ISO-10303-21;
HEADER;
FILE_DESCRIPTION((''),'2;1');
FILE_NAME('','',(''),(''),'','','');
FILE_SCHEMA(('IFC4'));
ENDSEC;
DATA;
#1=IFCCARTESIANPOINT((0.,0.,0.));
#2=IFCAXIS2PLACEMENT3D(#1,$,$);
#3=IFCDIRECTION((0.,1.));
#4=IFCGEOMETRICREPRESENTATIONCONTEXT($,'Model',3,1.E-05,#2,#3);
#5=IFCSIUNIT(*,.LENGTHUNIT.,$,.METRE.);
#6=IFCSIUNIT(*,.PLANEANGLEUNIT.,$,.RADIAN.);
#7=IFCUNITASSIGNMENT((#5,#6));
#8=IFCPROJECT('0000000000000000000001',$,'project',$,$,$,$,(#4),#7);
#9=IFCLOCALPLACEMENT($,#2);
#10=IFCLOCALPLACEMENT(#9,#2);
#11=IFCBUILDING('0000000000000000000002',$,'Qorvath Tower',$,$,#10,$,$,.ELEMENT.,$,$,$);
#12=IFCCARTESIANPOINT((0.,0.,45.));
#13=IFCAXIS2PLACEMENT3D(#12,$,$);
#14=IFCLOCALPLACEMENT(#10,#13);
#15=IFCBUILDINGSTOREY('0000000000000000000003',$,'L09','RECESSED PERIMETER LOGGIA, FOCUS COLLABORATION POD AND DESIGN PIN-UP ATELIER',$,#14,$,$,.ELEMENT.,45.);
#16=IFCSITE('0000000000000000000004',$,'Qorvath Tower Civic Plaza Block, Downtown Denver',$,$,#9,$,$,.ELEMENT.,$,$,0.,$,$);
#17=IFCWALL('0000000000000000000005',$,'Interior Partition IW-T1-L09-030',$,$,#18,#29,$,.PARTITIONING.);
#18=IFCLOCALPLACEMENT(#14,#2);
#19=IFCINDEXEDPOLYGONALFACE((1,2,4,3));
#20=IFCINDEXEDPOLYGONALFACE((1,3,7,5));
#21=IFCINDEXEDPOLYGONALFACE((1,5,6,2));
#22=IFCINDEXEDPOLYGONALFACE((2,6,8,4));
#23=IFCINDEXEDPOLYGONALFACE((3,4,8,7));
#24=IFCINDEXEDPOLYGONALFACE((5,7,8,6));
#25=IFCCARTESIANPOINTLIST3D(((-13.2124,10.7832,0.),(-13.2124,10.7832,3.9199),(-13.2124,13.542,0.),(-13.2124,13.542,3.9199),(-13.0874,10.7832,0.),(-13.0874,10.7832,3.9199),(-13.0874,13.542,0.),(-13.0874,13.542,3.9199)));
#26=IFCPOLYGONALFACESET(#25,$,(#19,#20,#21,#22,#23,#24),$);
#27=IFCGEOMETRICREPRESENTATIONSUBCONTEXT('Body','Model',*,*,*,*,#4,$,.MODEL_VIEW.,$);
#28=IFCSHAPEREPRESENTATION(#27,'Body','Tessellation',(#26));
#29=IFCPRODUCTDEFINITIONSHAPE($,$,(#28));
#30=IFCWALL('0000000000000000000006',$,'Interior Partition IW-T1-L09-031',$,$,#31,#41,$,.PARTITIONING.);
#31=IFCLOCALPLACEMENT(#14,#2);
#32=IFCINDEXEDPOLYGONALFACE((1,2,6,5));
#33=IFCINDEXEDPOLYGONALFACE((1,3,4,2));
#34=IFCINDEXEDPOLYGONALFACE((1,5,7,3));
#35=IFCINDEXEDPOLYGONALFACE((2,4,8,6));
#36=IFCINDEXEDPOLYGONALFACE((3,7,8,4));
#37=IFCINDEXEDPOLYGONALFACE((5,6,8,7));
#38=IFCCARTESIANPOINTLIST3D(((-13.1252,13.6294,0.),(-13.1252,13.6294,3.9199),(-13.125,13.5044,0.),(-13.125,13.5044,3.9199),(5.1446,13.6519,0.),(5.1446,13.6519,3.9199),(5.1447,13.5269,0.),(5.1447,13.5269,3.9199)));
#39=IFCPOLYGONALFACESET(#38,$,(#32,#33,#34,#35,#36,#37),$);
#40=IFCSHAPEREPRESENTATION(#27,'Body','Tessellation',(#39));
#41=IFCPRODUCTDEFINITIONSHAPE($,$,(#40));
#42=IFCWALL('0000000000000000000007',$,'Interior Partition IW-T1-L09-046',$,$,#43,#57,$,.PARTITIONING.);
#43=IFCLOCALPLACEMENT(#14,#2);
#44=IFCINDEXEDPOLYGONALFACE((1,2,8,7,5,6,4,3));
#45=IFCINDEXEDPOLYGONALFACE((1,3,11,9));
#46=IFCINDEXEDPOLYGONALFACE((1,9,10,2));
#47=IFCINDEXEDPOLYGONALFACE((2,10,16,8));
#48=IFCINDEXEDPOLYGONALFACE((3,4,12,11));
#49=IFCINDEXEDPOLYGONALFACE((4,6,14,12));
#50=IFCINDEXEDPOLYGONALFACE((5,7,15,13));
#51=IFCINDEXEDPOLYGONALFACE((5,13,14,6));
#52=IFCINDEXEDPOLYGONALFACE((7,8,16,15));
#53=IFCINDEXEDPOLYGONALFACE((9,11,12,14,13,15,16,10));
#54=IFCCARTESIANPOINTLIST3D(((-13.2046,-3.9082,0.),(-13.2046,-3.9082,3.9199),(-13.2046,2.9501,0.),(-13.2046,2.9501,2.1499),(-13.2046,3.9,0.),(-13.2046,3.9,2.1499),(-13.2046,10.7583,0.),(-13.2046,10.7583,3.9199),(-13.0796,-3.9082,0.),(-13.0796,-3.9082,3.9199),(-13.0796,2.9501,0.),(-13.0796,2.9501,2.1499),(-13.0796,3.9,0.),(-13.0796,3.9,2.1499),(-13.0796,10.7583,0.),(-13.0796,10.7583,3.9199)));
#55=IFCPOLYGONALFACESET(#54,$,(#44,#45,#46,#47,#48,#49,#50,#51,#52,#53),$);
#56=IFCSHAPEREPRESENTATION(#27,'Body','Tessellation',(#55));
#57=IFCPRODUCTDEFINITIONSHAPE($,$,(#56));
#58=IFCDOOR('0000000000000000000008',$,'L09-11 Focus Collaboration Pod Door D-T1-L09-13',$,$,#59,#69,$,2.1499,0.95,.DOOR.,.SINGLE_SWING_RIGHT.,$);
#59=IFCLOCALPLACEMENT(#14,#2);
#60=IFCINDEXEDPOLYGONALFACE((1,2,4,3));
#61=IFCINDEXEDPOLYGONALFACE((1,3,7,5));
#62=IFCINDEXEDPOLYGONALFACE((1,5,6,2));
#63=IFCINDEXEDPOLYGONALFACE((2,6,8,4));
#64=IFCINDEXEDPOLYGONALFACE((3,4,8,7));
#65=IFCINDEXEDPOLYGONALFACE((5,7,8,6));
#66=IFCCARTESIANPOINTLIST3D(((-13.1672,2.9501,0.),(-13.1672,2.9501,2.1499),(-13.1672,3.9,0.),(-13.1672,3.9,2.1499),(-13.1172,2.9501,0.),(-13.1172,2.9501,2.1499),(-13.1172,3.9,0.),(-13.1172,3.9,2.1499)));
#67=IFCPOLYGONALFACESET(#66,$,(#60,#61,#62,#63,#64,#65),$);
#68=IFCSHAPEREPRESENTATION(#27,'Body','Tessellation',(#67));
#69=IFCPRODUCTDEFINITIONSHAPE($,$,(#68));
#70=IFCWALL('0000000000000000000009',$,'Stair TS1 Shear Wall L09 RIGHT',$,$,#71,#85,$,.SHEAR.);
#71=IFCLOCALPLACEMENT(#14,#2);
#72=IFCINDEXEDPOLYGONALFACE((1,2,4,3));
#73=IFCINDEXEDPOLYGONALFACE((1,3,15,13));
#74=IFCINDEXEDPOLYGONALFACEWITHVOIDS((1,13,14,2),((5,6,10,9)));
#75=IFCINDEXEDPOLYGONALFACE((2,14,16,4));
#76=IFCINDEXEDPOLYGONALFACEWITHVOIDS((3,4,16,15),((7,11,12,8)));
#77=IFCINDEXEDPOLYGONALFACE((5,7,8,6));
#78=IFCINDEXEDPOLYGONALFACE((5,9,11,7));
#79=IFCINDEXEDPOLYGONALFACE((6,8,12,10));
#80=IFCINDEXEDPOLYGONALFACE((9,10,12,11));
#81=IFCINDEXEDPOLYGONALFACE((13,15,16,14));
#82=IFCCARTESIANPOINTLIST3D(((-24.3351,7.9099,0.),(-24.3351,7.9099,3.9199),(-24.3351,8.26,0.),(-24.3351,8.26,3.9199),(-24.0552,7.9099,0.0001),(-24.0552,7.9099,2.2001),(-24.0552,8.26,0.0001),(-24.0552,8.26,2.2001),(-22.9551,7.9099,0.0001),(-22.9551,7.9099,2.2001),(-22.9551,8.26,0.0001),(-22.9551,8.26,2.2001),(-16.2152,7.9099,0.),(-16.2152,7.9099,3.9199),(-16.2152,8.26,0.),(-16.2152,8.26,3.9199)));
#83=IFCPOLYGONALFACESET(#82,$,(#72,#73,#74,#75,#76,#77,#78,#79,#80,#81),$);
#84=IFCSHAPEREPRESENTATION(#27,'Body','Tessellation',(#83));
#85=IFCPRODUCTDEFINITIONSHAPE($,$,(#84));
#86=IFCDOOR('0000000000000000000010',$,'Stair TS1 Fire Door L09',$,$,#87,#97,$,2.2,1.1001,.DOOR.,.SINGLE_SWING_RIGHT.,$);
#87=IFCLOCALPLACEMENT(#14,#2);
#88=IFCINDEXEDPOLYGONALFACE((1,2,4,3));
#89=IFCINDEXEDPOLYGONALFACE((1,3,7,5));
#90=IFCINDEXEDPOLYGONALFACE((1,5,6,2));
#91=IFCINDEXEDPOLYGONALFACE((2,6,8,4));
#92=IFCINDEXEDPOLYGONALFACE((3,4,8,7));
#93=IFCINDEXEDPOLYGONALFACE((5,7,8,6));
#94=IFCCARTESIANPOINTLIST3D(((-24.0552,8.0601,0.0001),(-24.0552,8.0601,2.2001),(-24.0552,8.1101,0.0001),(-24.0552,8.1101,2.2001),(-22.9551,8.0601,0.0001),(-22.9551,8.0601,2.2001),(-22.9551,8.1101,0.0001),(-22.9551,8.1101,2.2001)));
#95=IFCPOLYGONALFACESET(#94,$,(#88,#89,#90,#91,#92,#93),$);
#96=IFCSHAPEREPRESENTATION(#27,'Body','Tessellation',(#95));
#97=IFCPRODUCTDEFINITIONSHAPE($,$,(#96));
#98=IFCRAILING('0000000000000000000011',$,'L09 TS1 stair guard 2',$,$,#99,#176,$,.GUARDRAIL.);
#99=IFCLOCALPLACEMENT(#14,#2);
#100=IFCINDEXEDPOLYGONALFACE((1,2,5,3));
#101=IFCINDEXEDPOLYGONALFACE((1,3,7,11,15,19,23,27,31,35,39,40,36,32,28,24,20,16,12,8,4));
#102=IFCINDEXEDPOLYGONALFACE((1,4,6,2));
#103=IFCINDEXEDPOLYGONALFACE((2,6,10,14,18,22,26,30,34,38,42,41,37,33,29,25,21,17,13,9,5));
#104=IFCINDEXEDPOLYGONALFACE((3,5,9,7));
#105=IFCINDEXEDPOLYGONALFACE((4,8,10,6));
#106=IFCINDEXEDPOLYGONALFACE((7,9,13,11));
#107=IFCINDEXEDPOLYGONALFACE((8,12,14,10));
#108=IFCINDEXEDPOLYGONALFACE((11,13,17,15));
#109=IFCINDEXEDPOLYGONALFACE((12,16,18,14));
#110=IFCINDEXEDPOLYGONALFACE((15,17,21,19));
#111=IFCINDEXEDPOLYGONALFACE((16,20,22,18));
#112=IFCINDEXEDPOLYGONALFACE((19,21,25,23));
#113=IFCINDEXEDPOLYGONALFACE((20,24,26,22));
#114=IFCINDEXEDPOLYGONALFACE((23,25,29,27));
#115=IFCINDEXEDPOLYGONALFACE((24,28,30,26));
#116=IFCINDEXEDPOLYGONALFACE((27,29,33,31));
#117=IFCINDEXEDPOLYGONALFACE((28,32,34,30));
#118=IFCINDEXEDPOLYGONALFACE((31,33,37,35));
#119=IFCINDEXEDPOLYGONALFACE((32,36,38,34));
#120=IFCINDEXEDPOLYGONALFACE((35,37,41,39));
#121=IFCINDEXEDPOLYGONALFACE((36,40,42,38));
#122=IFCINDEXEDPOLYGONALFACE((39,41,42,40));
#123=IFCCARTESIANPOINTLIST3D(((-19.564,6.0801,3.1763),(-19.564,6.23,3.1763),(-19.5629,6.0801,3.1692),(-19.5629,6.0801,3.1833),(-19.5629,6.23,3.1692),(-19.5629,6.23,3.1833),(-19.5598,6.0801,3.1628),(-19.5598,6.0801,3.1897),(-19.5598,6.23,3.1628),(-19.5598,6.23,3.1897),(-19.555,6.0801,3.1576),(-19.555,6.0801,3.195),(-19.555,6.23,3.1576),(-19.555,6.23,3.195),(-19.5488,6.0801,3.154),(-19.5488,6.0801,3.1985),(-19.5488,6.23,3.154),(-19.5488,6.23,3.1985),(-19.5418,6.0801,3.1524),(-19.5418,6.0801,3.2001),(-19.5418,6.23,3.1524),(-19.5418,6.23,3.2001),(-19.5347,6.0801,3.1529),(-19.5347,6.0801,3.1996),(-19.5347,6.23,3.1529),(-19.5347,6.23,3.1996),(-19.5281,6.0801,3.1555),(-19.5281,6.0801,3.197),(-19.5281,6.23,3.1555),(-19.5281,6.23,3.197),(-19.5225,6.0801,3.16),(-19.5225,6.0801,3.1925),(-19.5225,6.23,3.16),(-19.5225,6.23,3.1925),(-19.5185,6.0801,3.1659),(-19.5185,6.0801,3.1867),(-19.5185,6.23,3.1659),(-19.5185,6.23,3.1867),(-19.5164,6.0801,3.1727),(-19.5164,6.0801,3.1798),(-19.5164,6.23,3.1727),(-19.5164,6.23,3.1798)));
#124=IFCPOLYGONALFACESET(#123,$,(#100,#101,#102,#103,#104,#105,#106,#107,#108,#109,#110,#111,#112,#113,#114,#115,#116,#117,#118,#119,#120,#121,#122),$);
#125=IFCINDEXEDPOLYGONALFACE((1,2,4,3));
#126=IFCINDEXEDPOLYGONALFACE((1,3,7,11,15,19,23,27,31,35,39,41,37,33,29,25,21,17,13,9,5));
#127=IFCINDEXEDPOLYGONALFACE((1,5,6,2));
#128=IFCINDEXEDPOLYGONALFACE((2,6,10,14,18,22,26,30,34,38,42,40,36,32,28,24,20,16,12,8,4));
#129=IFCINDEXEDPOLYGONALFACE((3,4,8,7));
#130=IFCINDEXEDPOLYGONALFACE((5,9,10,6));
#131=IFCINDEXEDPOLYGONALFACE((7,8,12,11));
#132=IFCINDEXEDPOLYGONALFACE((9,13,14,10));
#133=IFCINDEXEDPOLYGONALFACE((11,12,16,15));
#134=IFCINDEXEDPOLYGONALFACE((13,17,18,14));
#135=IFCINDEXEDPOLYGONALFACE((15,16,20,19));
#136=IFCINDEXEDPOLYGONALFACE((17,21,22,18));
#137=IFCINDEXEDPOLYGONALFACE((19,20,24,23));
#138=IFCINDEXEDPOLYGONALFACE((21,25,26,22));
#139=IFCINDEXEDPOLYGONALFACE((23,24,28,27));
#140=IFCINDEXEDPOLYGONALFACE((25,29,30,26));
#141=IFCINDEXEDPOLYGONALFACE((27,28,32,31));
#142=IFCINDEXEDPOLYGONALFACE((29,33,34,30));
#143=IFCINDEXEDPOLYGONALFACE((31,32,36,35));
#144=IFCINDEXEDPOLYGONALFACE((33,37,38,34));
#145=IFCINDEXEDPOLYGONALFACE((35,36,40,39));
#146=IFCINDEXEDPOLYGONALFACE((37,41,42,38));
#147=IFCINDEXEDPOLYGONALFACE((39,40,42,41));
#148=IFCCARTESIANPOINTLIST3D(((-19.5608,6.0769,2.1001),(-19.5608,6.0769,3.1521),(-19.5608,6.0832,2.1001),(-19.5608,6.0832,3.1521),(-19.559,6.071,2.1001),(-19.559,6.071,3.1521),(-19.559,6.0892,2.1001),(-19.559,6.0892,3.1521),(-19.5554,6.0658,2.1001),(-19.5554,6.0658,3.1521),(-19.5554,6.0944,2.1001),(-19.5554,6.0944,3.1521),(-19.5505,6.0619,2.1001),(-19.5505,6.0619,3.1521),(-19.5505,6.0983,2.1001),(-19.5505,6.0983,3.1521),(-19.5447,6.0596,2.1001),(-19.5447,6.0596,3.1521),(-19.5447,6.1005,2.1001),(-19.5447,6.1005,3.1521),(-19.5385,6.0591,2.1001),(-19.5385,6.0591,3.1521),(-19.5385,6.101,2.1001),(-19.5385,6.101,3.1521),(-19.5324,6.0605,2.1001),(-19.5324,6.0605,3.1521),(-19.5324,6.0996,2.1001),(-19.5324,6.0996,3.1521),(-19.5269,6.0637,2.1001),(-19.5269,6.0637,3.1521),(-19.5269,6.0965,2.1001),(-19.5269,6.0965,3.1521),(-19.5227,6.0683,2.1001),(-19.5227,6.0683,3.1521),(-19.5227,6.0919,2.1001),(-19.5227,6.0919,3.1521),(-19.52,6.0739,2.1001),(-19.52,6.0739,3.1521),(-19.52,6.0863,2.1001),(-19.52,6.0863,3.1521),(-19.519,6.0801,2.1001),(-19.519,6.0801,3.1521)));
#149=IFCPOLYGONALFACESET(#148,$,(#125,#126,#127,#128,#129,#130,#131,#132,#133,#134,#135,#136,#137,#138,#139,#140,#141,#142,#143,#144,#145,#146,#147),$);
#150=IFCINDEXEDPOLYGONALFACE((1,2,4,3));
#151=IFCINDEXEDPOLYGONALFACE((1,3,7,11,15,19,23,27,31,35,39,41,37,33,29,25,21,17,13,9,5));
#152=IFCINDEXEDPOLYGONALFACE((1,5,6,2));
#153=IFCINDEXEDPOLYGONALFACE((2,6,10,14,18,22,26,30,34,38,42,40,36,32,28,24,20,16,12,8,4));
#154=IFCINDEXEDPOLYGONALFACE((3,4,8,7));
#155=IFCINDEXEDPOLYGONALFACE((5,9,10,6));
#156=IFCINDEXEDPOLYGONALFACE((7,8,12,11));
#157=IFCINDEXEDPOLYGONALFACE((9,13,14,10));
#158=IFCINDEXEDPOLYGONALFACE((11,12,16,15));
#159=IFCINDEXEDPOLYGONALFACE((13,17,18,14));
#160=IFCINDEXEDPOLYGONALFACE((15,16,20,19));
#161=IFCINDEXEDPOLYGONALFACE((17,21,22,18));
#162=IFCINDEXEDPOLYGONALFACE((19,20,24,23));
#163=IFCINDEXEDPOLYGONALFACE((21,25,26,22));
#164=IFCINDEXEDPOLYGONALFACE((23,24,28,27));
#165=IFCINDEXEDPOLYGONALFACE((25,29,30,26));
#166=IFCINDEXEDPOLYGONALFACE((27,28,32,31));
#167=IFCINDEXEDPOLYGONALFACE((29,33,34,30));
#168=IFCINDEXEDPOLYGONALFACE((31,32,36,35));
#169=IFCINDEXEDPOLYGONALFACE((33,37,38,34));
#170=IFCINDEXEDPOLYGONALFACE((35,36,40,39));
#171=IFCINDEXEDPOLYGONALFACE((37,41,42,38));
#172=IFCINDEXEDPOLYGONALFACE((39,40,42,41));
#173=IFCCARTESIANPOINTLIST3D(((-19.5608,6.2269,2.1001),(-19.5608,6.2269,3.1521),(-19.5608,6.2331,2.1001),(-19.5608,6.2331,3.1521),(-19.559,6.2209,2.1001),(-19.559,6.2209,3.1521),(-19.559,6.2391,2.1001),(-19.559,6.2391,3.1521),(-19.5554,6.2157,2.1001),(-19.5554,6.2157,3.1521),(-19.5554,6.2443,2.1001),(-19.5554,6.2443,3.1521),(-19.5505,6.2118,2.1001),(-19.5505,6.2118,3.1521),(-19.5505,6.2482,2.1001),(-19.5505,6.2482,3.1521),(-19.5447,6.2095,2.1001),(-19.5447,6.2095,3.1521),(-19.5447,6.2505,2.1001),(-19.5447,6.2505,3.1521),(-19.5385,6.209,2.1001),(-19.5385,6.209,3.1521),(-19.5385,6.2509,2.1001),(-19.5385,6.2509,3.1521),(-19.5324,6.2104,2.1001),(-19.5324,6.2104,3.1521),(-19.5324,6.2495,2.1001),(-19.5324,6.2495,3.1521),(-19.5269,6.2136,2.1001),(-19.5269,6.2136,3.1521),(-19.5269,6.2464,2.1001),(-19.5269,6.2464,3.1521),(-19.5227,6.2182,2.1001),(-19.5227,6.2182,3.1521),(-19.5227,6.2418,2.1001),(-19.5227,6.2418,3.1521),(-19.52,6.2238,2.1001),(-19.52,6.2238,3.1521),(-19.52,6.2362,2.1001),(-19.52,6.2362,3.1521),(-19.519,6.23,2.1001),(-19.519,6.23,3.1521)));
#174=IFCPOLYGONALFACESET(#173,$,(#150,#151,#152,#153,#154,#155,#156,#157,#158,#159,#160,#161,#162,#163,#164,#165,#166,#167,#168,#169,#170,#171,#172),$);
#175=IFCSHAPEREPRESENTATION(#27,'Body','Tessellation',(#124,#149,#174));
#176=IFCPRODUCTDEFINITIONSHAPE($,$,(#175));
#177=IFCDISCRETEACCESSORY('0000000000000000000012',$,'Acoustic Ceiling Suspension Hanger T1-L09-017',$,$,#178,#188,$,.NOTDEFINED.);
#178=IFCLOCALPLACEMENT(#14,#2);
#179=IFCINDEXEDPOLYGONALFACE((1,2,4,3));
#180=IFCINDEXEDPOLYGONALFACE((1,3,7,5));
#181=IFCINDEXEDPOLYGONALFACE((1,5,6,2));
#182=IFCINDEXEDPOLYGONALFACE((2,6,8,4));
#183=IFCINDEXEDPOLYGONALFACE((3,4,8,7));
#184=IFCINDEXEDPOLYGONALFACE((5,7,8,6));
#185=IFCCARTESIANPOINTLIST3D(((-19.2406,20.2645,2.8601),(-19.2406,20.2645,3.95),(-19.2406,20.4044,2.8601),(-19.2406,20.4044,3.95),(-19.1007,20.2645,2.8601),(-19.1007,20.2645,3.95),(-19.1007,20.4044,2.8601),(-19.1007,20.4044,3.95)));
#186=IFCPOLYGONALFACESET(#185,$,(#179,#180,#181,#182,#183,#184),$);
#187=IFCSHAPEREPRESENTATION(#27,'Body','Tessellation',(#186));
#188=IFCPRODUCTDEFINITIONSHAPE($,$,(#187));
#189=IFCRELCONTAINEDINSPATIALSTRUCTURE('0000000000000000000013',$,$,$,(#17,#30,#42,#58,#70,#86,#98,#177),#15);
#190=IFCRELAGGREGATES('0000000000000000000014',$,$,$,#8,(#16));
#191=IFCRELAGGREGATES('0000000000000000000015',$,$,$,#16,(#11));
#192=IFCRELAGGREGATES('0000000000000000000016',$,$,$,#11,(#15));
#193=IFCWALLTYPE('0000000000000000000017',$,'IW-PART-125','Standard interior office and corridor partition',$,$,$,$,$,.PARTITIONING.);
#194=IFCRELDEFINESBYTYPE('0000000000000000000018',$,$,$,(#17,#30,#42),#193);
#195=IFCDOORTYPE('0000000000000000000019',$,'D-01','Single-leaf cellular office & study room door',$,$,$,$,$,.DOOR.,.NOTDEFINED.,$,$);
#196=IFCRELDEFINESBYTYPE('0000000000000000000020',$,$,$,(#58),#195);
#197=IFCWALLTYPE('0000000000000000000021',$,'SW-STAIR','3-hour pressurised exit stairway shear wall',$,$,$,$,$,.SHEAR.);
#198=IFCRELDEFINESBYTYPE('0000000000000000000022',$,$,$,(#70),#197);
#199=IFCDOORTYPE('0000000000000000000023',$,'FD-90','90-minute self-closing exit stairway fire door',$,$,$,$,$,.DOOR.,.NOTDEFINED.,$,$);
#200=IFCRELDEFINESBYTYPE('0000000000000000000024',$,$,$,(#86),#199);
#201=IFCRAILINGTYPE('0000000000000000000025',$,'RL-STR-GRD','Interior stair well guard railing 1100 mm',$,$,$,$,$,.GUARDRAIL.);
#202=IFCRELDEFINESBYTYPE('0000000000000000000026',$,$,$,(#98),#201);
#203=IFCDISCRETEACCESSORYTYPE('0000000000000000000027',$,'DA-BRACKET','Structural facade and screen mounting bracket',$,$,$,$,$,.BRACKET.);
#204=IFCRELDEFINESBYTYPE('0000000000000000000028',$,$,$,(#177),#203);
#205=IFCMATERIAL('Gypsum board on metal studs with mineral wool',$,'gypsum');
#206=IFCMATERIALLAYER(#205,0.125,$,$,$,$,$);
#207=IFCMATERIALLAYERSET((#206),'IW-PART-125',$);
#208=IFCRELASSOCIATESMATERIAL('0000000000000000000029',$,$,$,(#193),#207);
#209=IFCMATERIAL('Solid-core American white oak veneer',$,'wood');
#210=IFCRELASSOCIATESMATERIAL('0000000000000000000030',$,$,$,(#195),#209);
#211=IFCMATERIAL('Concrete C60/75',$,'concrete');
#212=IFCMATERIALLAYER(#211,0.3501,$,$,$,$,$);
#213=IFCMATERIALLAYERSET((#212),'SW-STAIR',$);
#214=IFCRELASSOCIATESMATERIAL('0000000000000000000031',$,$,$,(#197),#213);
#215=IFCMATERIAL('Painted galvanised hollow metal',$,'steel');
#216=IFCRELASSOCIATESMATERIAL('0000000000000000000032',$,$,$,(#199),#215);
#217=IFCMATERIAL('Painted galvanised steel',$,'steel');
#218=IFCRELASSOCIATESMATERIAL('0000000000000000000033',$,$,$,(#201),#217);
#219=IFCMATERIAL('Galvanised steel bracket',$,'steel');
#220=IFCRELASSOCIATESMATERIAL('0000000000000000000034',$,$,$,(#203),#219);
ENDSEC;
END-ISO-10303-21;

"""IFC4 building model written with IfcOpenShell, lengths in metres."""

from ifc_helpers import new_model, si_unit, direction, frame, frame_2d, origin, origin_2d, place, context, subcontext, project, spatial, rectangle, circle, extrude, material, layer, layer_set, type_object, element, fill, save


model = new_model("IFC4")

# Units and contexts
model_context = context("Model", 3, precision=1e-05, world=origin(), true_north=direction((0.0, 1.0)))
body_context = subcontext(model_context, "Body", "Model", "MODEL_VIEW")
ifc_project = project(units=[si_unit("LENGTHUNIT", "METRE"), si_unit("PLANEANGLEUNIT", "RADIAN")], contexts=[model_context])

# Site, building, storey
site_placement = place(None, origin())
site = spatial("IfcSite", under=ifc_project, at=site_placement, Name="Qorvath Tower Civic Plaza Block, Downtown Denver", CompositionType="ELEMENT", RefElevation=0.0)
building_placement = place(site_placement, origin())
building = spatial("IfcBuilding", under=site, at=building_placement, Name="Qorvath Tower", CompositionType="ELEMENT")
storey_placement = place(building_placement, frame((0.0, 0.0, 45.0)))
storey = spatial("IfcBuildingStorey", under=building, at=storey_placement, Name="L09", Description="RECESSED PERIMETER LOGGIA, FOCUS COLLABORATION POD AND DESIGN PIN-UP ATELIER", CompositionType="ELEMENT", Elevation=45.0)

# Shared definitions
ifc_material_1 = material(Name="Gypsum board on metal studs with mineral wool", Category="gypsum")
ifc_layer_1 = layer(ifc_material_1, 0.125)
ifc_layer_set_1 = layer_set([ifc_layer_1], Name="IW-PART-125")
wall_type_1 = type_object("IfcWallType", Name="IW-PART-125", Description="Standard interior office and corridor partition", PredefinedType="PARTITIONING", material=ifc_layer_set_1)

# Shared definitions
ifc_material_2 = material(Name="Solid-core American white oak veneer", Category="wood")
door_type_1 = type_object("IfcDoorType", Name="D-01", Description="Single-leaf cellular office & study room door", OperationType="NOTDEFINED", PredefinedType="DOOR", material=ifc_material_2)

# Walls
wall_1_placement = place(storey_placement, frame((-13.1499, 13.542, 0.0), z_axis=(0.0, 0.0, 1.0), x_axis=(0.0, -1.0, 0.0)))
element("IfcWall", 1, at=wall_1_placement, inside=storey, type_object=wall_type_1, Name="Interior Partition IW-T1-L09-030", PredefinedType="PARTITIONING", context=body_context, shape_type="SweptSolid", body=[
    extrude(rectangle(XDim=2.7588, YDim=0.125, at=frame_2d((1.3794, 0.0))), origin(), (0.0, 0.0, 1.0), 3.9199),
])
wall_2_placement = place(storey_placement, frame((-13.125, 13.5669, 0.0), z_axis=(0.0, 0.0, 1.0), x_axis=(0.999999, 0.001229, 0.0)))
element("IfcWall", 2, at=wall_2_placement, inside=storey, type_object=wall_type_1, Name="Interior Partition IW-T1-L09-031", PredefinedType="PARTITIONING", context=body_context, shape_type="SweptSolid", body=[
    extrude(rectangle(XDim=18.2698, YDim=0.125, at=frame_2d((9.1348, 0.0))), origin(), (0.0, 0.0, 1.0), 3.9199),
])

# Walls, openings, doors
wall_3_placement = place(storey_placement, frame((-13.1421, 10.7583, 0.0), z_axis=(0.0, 0.0, 1.0), x_axis=(0.0, -1.0, 0.0)))
wall_3 = element("IfcWall", 3, at=wall_3_placement, inside=storey, type_object=wall_type_1, Name="Interior Partition IW-T1-L09-046", PredefinedType="PARTITIONING", context=body_context, shape_type="SweptSolid", body=[
    extrude(rectangle(XDim=14.6665, YDim=0.125, at=frame_2d((7.3333, 0.0))), origin(), (0.0, 0.0, 1.0), 3.9199),
])
opening_1_placement = place(wall_3_placement, frame((6.8582, 0.0, 0.0)))
opening_1 = element("IfcOpeningElement", 4, at=opening_1_placement, cuts=wall_3, PredefinedType="OPENING", context=body_context, shape_type="SweptSolid", body=[
    extrude(rectangle(XDim=0.95, YDim=2.1499, at=frame_2d((0.4751, 1.075))), frame((0.0, 0.0725, 0.0), z_axis=(0.0, -1.0, 0.0), x_axis=(1.0, 0.0, 0.0)), (0.0, 0.0, 1.0), 0.145),
])
door_1_placement = place(opening_1_placement, origin())
door_1 = element("IfcDoor", 5, at=door_1_placement, inside=storey, type_object=door_type_1, Name="L09-11 Focus Collaboration Pod Door D-T1-L09-13", OperationType="SINGLE_SWING_RIGHT", OverallHeight=2.1499, OverallWidth=0.95, PredefinedType="DOOR", context=body_context, shape_type="SweptSolid", body=[
    extrude(rectangle(XDim=0.95, YDim=2.1499, at=frame_2d((0.4751, 1.075))), frame((0.0, 0.0249, 0.0), z_axis=(0.0, -1.0, 0.0), x_axis=(1.0, 0.0, 0.0)), (0.0, 0.0, 1.0), 0.05),
])
fill(opening_1, door_1)
ifc_material_3 = material(Name="Concrete C60/75", Category="concrete")
ifc_layer_2 = layer(ifc_material_3, 0.3501)
ifc_layer_set_2 = layer_set([ifc_layer_2], Name="SW-STAIR")
wall_type_2 = type_object("IfcWallType", Name="SW-STAIR", Description="3-hour pressurised exit stairway shear wall", PredefinedType="SHEAR", material=ifc_layer_set_2)
wall_4_placement = place(storey_placement, frame((-16.2151, 8.085, 0.0), z_axis=(0.0, 0.0, 1.0), x_axis=(-1.0, 0.0, 0.0)))
wall_4 = element("IfcWall", 6, at=wall_4_placement, inside=storey, type_object=wall_type_2, Name="Stair TS1 Shear Wall L09 RIGHT", PredefinedType="SHEAR", context=body_context, shape_type="SweptSolid", body=[
    extrude(rectangle(XDim=8.1199, YDim=0.3501, at=frame_2d((4.0601, 0.0))), origin(), (0.0, 0.0, 1.0), 3.9199),
])
opening_2_placement = place(wall_4_placement, frame((6.74, 0.0, 0.0)))
opening_2 = element("IfcOpeningElement", 7, at=opening_2_placement, cuts=wall_4, PredefinedType="OPENING", context=body_context, shape_type="SweptSolid", body=[
    extrude(rectangle(XDim=1.1001, YDim=2.2, at=frame_2d((0.55, 1.1001))), frame((0.0, 0.1851, 0.0), z_axis=(0.0, -1.0, 0.0), x_axis=(1.0, 0.0, 0.0)), (0.0, 0.0, 1.0), 0.3701),
])
ifc_material_4 = material(Name="Painted galvanised hollow metal", Category="steel")
door_type_2 = type_object("IfcDoorType", Name="FD-90", Description="90-minute self-closing exit stairway fire door", OperationType="NOTDEFINED", PredefinedType="DOOR", material=ifc_material_4)
door_2_placement = place(opening_2_placement, origin())
door_2 = element("IfcDoor", 8, at=door_2_placement, inside=storey, type_object=door_type_2, Name="Stair TS1 Fire Door L09", OperationType="SINGLE_SWING_RIGHT", OverallHeight=2.2, OverallWidth=1.1001, PredefinedType="DOOR", context=body_context, shape_type="SweptSolid", body=[
    extrude(rectangle(XDim=1.1001, YDim=2.2, at=frame_2d((0.55, 1.1001))), frame((0.0, 0.0249, 0.0), z_axis=(0.0, -1.0, 0.0), x_axis=(1.0, 0.0, 0.0)), (0.0, 0.0, 1.0), 0.05),
])
fill(opening_2, door_2)

# Railing
ifc_material_5 = material(Name="Painted galvanised steel", Category="steel")
railing_type = type_object("IfcRailingType", Name="RL-STR-GRD", Description="Interior stair well guard railing 1100 mm", PredefinedType="GUARDRAIL", material=ifc_material_5)
railing_placement = place(storey_placement, frame((-19.54, 6.0801, 2.1001)))
element("IfcRailing", 9, at=railing_placement, inside=storey, type_object=railing_type, Name="L09 TS1 stair guard 2", PredefinedType="GUARDRAIL", context=body_context, shape_type="SweptSolid", body=[
    extrude(circle(Radius=0.0239, at=origin_2d()), frame((0.0, 0.0, 1.0762), z_axis=(0.0, 1.0, 0.0), x_axis=(-1.0, 0.0, 0.0)), (0.0, 0.0, 1.0), 0.1499),
    extrude(circle(Radius=0.021, at=origin_2d()), origin(), (0.0, 0.0, 1.0), 1.052),
    extrude(circle(Radius=0.021, at=origin_2d()), frame((0.0, 0.1499, 0.0)), (0.0, 0.0, 1.0), 1.052),
])

# Discrete accessory
ifc_material_6 = material(Name="Galvanised steel bracket", Category="steel")
discrete_accessory_type = type_object("IfcDiscreteAccessoryType", Name="DA-BRACKET", Description="Structural facade and screen mounting bracket", PredefinedType="BRACKET", material=ifc_material_6)
for number, where, z_axis, x_axis, name in (
    (10, (-19.1707, 20.3345, 2.8601), (0.0, 0.0, 1.0), (1.0, 0.0, 0.0), "Acoustic Ceiling Suspension Hanger T1-L09-017"),
):
    element("IfcDiscreteAccessory", number, at=place(storey_placement, frame(where, z_axis=z_axis, x_axis=x_axis)), inside=storey, type_object=discrete_accessory_type, Name=name, PredefinedType="NOTDEFINED", context=body_context, shape_type="SweptSolid", body=[
        extrude(rectangle(XDim=0.1399, YDim=0.1399, at=origin_2d()), origin(), (0.0, 0.0, 1.0), 1.0898),
    ])

save(model, "model.ifc")
